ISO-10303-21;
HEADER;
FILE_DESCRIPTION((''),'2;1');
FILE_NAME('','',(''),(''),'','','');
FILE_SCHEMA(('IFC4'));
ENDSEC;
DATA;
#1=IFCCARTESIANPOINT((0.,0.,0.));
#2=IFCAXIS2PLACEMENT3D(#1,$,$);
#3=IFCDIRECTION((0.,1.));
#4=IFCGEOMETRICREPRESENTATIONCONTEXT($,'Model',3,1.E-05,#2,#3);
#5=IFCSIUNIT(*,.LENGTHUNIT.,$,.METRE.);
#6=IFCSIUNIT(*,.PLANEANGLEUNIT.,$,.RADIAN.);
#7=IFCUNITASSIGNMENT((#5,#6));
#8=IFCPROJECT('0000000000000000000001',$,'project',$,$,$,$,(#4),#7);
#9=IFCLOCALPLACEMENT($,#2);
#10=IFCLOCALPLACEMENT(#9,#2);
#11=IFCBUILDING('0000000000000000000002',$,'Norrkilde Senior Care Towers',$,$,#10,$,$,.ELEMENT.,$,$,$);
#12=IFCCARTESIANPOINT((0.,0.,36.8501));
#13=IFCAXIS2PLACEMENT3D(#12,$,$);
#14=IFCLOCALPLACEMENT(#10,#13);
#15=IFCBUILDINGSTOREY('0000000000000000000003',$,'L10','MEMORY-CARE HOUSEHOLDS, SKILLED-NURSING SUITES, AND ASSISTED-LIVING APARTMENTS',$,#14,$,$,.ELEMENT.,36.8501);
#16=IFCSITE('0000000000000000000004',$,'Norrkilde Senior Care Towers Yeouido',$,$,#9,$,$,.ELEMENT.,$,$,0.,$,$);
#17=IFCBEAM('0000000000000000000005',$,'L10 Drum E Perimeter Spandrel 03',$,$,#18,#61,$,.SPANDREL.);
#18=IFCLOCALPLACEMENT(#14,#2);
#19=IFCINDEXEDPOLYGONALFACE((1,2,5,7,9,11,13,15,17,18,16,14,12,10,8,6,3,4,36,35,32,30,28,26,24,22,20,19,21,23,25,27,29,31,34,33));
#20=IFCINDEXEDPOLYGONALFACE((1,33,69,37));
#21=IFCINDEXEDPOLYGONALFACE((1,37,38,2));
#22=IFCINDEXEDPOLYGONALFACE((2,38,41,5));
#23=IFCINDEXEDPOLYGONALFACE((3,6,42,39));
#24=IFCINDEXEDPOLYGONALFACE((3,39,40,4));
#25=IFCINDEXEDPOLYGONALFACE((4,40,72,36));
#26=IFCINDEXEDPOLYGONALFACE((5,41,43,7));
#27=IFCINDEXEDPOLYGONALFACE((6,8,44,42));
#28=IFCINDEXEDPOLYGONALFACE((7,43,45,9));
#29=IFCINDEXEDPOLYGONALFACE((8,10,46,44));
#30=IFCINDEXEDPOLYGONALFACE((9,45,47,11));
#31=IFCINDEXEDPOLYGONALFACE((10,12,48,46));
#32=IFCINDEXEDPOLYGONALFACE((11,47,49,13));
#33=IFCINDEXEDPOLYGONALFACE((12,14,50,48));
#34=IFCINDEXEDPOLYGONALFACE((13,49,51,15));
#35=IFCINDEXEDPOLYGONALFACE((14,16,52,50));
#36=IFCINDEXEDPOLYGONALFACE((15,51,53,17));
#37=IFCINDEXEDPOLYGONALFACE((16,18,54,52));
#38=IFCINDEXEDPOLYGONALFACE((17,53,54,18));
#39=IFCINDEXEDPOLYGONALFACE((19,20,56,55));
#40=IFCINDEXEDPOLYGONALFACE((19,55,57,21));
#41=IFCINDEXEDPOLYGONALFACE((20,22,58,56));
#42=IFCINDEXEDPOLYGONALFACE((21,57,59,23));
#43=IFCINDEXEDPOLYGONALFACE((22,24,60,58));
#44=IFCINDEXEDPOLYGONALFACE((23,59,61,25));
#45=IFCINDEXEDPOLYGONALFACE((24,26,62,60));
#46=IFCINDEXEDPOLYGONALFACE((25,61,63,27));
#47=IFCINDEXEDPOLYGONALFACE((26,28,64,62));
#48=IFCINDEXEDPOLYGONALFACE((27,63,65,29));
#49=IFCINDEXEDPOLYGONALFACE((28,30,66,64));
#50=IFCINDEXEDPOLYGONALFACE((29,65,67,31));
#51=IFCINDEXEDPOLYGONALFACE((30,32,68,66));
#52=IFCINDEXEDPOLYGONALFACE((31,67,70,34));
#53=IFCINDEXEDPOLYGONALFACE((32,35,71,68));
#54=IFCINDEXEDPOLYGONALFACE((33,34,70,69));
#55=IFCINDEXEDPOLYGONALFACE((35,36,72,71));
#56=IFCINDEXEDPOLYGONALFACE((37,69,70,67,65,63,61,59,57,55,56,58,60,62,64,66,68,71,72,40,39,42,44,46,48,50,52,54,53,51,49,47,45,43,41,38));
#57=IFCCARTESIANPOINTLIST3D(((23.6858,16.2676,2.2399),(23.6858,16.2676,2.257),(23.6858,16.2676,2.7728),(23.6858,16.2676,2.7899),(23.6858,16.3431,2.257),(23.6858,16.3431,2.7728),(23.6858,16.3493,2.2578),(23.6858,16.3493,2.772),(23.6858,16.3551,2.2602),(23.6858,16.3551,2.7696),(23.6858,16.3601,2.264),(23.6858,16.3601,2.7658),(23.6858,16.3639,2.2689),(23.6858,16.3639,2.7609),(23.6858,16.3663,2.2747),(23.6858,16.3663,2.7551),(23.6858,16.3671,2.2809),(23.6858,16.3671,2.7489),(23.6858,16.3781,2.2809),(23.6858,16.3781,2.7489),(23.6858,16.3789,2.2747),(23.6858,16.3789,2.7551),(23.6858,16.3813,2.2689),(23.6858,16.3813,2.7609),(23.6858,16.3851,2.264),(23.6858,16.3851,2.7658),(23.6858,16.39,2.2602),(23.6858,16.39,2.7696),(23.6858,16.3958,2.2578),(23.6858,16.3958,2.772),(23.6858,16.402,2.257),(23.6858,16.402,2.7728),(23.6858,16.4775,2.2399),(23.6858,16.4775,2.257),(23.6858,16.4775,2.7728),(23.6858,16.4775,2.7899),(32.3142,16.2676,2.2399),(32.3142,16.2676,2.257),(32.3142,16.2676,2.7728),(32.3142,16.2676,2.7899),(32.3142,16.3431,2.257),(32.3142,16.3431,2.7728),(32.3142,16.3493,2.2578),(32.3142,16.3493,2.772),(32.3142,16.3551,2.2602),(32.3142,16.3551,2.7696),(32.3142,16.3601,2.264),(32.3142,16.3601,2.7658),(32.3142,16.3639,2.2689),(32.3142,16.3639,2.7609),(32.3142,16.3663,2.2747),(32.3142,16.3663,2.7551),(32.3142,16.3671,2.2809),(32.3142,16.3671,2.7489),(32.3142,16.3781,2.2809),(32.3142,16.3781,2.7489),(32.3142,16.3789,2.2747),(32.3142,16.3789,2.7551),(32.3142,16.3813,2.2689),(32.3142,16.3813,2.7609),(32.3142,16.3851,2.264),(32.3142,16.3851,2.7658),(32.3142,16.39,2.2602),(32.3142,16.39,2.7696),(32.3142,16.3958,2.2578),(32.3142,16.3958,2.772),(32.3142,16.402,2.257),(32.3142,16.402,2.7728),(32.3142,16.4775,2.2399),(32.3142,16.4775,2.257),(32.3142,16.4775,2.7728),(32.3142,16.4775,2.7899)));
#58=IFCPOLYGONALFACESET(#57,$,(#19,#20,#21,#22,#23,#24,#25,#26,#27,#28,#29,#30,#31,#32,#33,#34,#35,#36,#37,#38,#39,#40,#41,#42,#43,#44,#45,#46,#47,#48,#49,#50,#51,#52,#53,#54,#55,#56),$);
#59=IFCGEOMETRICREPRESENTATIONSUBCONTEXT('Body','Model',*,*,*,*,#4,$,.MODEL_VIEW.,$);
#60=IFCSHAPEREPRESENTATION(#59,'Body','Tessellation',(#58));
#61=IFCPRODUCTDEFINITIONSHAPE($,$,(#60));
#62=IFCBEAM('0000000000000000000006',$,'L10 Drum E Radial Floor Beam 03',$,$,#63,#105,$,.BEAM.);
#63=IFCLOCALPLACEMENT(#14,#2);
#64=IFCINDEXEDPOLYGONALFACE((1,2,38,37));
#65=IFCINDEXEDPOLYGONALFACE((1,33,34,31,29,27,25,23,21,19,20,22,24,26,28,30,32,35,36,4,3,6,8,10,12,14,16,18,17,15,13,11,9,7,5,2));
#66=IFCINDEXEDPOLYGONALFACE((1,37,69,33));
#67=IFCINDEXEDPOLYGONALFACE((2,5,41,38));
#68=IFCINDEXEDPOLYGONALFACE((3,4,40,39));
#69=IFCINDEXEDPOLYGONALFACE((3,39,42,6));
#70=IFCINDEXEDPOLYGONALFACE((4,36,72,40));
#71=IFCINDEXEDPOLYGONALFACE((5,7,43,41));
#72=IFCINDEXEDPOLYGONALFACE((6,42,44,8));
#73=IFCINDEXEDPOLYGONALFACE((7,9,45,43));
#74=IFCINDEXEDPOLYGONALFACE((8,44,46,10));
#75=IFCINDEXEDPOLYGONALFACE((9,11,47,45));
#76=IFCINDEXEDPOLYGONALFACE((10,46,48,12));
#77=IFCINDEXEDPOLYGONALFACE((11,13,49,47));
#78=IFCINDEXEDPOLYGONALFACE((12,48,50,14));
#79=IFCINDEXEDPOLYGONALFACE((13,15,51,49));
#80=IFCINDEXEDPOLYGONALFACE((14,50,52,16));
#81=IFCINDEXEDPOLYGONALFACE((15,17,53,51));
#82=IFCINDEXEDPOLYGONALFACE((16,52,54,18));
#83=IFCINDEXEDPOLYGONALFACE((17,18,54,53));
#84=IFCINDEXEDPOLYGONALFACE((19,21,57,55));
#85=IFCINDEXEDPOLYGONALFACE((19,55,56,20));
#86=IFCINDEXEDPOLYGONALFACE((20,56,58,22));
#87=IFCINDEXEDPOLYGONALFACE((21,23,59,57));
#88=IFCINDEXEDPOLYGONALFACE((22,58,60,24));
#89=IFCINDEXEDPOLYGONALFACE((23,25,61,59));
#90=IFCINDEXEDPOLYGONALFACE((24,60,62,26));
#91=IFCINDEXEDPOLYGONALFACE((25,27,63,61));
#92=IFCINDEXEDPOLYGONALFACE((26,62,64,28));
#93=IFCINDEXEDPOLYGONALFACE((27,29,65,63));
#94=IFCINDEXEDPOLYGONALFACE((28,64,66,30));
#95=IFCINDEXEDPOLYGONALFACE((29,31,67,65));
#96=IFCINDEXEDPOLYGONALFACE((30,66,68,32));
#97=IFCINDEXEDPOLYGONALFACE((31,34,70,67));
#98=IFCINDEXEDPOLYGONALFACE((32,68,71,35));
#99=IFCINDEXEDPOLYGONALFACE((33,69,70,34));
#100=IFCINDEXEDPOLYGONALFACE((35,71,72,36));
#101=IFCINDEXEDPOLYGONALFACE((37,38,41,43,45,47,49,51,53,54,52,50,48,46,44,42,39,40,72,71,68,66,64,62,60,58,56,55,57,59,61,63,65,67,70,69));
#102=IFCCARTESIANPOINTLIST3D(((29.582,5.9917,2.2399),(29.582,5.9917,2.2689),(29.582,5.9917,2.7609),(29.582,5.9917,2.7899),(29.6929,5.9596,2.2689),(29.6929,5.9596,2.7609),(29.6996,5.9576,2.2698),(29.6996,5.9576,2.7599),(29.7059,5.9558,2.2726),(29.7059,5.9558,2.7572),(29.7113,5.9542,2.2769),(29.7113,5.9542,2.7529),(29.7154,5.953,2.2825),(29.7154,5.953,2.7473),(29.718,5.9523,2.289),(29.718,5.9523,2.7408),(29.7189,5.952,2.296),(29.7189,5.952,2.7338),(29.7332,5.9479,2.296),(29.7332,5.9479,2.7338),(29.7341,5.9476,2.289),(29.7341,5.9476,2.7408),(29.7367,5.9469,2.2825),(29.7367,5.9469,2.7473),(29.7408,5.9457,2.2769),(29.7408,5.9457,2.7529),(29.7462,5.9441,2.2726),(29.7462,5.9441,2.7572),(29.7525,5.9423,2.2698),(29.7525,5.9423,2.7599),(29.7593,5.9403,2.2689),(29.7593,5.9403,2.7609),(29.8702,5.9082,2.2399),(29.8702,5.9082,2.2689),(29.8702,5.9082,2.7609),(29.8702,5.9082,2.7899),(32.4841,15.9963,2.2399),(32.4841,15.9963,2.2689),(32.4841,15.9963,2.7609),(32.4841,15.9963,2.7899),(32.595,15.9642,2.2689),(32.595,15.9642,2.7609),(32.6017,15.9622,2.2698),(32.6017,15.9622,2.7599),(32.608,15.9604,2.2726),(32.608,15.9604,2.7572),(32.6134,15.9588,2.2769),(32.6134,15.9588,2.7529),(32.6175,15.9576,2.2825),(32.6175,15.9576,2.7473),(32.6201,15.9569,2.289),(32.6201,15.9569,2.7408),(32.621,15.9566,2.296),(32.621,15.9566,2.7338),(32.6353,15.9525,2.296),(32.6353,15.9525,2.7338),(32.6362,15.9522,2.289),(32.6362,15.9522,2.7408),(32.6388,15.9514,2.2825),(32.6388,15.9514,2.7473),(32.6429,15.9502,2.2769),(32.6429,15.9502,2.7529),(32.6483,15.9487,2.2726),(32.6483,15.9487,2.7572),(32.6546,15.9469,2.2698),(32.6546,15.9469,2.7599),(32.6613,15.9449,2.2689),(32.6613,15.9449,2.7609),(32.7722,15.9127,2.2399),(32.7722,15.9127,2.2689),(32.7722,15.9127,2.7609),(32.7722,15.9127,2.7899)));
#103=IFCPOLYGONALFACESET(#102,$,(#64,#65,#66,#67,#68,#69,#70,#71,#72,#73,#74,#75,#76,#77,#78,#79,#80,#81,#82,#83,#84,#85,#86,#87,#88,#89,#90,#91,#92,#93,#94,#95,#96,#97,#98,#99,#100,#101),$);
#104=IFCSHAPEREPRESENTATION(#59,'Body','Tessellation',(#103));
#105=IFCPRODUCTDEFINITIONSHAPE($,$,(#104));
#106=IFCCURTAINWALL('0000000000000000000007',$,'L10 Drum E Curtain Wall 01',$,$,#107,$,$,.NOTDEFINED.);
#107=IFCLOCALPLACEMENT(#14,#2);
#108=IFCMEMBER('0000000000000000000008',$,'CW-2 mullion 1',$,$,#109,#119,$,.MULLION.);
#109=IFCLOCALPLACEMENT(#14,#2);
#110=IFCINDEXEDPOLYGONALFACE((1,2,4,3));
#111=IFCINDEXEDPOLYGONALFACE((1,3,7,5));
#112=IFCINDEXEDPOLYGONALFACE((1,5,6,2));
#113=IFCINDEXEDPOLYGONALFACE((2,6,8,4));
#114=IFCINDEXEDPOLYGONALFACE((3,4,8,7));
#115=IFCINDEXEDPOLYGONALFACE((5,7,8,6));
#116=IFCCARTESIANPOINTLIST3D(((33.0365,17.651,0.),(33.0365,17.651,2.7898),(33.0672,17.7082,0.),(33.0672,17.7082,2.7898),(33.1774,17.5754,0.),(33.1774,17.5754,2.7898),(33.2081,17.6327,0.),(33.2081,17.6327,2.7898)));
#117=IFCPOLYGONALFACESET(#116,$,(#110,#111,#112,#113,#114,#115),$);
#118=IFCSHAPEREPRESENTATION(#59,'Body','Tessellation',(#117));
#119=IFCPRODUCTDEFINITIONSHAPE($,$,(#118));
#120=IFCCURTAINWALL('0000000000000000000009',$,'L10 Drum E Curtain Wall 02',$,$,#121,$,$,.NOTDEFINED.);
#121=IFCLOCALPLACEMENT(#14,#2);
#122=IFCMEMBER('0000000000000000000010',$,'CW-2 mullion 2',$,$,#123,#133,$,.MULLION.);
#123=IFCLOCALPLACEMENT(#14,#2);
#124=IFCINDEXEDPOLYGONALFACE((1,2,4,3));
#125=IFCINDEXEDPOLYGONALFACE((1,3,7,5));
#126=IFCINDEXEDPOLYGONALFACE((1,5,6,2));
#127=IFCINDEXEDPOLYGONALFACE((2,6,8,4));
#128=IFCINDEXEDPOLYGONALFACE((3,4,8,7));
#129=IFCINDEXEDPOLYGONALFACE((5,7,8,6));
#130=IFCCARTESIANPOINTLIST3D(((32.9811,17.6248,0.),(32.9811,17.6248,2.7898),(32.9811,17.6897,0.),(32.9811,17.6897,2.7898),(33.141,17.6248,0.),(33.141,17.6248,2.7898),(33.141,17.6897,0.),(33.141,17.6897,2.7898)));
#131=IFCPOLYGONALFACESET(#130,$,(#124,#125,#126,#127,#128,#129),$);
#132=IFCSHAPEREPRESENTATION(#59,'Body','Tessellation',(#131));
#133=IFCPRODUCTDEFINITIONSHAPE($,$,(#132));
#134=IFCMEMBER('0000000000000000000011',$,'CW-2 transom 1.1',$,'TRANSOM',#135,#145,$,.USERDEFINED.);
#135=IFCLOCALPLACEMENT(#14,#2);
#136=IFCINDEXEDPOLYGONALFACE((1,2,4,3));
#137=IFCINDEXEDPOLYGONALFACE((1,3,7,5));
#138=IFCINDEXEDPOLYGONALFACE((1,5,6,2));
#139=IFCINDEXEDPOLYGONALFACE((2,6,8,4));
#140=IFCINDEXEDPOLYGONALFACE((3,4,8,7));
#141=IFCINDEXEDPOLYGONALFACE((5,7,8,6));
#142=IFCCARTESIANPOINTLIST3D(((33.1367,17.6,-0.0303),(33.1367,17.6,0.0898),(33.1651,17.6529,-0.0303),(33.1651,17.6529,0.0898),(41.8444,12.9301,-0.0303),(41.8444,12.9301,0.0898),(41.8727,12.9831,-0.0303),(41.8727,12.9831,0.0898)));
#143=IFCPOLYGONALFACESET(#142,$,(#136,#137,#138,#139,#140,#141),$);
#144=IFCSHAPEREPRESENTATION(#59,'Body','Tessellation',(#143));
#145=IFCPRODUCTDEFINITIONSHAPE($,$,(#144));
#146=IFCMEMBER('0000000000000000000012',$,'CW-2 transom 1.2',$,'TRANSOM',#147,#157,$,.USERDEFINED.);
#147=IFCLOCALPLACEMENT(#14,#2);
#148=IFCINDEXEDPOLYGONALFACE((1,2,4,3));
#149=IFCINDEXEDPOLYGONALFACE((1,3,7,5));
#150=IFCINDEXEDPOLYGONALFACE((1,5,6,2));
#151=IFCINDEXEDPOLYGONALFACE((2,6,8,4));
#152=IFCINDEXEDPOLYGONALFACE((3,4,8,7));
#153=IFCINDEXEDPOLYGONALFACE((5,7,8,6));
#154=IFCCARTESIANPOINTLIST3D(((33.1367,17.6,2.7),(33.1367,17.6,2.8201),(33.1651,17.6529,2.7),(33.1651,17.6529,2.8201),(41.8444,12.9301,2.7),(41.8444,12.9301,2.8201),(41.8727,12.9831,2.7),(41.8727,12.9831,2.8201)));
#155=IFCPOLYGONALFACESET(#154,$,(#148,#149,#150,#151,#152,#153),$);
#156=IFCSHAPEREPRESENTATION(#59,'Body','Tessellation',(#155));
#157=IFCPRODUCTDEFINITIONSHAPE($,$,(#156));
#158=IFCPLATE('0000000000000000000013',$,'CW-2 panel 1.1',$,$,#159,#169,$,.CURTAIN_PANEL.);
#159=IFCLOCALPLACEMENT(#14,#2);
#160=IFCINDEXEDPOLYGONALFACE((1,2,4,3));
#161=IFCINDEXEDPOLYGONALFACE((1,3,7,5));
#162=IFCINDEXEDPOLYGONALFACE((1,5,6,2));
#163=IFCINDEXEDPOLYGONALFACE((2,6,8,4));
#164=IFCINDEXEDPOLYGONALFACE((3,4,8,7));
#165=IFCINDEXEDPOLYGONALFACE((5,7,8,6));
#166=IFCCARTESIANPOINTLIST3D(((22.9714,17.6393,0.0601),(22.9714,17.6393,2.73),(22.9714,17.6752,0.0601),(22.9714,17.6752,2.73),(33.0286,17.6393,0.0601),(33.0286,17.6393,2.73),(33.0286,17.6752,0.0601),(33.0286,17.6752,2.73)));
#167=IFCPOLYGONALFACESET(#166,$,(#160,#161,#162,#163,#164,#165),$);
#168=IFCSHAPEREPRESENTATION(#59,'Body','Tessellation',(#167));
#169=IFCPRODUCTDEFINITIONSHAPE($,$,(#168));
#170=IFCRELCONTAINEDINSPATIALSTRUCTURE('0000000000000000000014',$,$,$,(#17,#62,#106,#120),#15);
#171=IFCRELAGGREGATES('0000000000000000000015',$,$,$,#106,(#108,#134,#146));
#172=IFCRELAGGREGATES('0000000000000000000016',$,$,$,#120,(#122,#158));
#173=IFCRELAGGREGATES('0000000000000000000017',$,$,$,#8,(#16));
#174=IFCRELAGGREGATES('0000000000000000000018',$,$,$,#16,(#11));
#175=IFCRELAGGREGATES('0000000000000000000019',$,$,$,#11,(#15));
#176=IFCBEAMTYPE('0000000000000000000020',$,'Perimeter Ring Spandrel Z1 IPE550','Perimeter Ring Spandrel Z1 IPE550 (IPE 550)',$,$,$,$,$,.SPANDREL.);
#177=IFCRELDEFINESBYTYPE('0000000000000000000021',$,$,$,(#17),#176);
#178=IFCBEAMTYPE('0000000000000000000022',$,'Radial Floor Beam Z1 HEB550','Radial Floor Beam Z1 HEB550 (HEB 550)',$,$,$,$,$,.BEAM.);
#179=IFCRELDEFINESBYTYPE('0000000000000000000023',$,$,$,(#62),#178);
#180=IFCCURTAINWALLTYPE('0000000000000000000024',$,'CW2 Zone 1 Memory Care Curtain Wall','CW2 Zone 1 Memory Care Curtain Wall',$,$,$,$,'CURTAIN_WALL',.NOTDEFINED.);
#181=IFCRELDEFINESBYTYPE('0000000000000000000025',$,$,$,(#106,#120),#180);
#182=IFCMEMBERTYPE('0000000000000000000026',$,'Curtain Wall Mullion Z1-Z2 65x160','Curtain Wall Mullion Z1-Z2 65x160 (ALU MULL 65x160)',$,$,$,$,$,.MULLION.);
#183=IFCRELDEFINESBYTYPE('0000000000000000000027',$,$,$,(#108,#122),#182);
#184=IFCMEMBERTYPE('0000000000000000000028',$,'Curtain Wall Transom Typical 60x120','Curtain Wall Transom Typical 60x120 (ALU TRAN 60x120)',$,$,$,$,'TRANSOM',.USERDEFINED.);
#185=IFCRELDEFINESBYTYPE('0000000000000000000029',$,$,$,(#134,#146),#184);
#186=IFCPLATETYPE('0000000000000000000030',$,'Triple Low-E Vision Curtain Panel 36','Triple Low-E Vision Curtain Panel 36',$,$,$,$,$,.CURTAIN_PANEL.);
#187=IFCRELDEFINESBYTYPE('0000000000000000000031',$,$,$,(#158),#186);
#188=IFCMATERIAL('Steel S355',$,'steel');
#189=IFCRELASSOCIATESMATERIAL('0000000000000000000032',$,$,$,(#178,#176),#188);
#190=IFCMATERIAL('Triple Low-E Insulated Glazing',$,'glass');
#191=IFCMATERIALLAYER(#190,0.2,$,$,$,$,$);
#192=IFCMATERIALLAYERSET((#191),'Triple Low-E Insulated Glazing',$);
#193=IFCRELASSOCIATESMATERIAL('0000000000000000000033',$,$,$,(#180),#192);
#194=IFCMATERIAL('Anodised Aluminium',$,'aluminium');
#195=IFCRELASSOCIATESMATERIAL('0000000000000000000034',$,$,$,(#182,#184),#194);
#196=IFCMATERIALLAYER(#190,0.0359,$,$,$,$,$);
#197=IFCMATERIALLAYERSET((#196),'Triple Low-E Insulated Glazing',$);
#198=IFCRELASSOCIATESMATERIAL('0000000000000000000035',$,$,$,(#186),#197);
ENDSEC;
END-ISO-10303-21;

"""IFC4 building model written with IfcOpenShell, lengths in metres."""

from ifc_helpers import new_model, si_unit, direction, frame, origin, origin_2d, place, context, subcontext, project, spatial, rectangle, i_section, extrude, source, transform, mapped, material, layer, layer_set, material_profile, profile_set, type_object, type_shapes, element, aggregate, save


model = new_model("IFC4")

# Units and contexts
model_context = context("Model", 3, precision=1e-05, world=origin(), true_north=direction((0.0, 1.0)))
body_context = subcontext(model_context, "Body", "Model", "MODEL_VIEW")
ifc_project = project(units=[si_unit("LENGTHUNIT", "METRE"), si_unit("PLANEANGLEUNIT", "RADIAN")], contexts=[model_context])

# Site, building, storey
site_placement = place(None, origin())
site = spatial("IfcSite", under=ifc_project, at=site_placement, Name="Norrkilde Senior Care Towers Yeouido", CompositionType="ELEMENT", RefElevation=0.0)
building_placement = place(site_placement, origin())
building = spatial("IfcBuilding", under=site, at=building_placement, Name="Norrkilde Senior Care Towers", CompositionType="ELEMENT")
storey_placement = place(building_placement, frame((0.0, 0.0, 36.8501)))
storey = spatial("IfcBuildingStorey", under=building, at=storey_placement, Name="L10", Description="MEMORY-CARE HOUSEHOLDS, SKILLED-NURSING SUITES, AND ASSISTED-LIVING APARTMENTS", CompositionType="ELEMENT", Elevation=36.8501)

# Beams
ifc_material_1 = material(Name="Steel S355", Category="steel")
ifc_material_profile_1 = material_profile(ifc_material_1, i_section(OverallWidth=0.3, OverallDepth=0.55, WebThickness=0.0149, FlangeThickness=0.0291, FilletRadius=0.0271, at=origin_2d()), Name="HEB 550")
ifc_profile_set_1 = profile_set([ifc_material_profile_1], Name="Steel S355")
beam_type_1 = type_object("IfcBeamType", Name="Radial Floor Beam Z1 HEB550", Description="Radial Floor Beam Z1 HEB550 (HEB 550)", PredefinedType="BEAM", material=ifc_profile_set_1)
ifc_material_profile_2 = material_profile(ifc_material_1, i_section(OverallWidth=0.21, OverallDepth=0.55, WebThickness=0.011, FlangeThickness=0.0171, FilletRadius=0.0239, at=origin_2d()), Name="IPE 550")
ifc_profile_set_2 = profile_set([ifc_material_profile_2], Name="Steel S355")
beam_type_2 = type_object("IfcBeamType", Name="Perimeter Ring Spandrel Z1 IPE550", Description="Perimeter Ring Spandrel Z1 IPE550 (IPE 550)", PredefinedType="SPANDREL", material=ifc_profile_set_2)
shared_shape_1 = source(origin(), body_context, "Body", "SweptSolid", [
    extrude(i_section(OverallWidth=0.21, OverallDepth=0.55, WebThickness=0.011, FlangeThickness=0.0171, FilletRadius=0.0239, at=origin_2d()), origin(), (0.0, 0.0, 1.0), 8.6284),
])
type_shapes(beam_type_2, [shared_shape_1])
beam_1_placement = place(storey_placement, frame((32.3142, 16.3726, 2.5149), z_axis=(-1.0, 0.0, 0.0), x_axis=(0.0, -1.0, 0.0)))
element("IfcBeam", 1, at=beam_1_placement, inside=storey, type_object=beam_type_2, Name="L10 Drum E Perimeter Spandrel 03", PredefinedType="SPANDREL", context=body_context, shape_type="MappedRepresentation", body=[
    mapped(shared_shape_1, transform((0.0, 0.0, 0.0), x_axis=(1.0, 0.0, 0.0), y_axis=(0.0, 1.0, 0.0), z_axis=(0.0, 0.0, 1.0), scale=1.0)),
])
shared_shape_2 = source(origin(), body_context, "Body", "SweptSolid", [
    extrude(i_section(OverallWidth=0.3, OverallDepth=0.55, WebThickness=0.0149, FlangeThickness=0.0291, FilletRadius=0.0271, at=origin_2d()), origin(), (0.0, 0.0, 1.0), 10.417),
])
beam_2_placement = place(storey_placement, frame((29.7261, 5.95, 2.5149), z_axis=(0.278591, 0.96041, 0.0), x_axis=(-0.96041, 0.278591, 0.0)))
element("IfcBeam", 2, at=beam_2_placement, inside=storey, type_object=beam_type_1, Name="L10 Drum E Radial Floor Beam 03", PredefinedType="BEAM", context=body_context, shape_type="MappedRepresentation", body=[
    mapped(shared_shape_2, transform((0.0, 0.0, 0.0), x_axis=(1.0, 0.0, 0.0), y_axis=(0.0, 1.0, 0.0), z_axis=(0.0, 0.0, 1.0), scale=1.0)),
])

# Curtain walls, members
ifc_material_2 = material(Name="Triple Low-E Insulated Glazing", Category="glass")
ifc_layer_1 = layer(ifc_material_2, 0.2)
ifc_layer_set_1 = layer_set([ifc_layer_1], Name="Triple Low-E Insulated Glazing")
curtain_wall_type = type_object("IfcCurtainWallType", Name="CW2 Zone 1 Memory Care Curtain Wall", Description="CW2 Zone 1 Memory Care Curtain Wall", ElementType="CURTAIN_WALL", PredefinedType="NOTDEFINED", material=ifc_layer_set_1)
curtain_wall_1_placement = place(storey_placement, origin())
curtain_wall_1 = element("IfcCurtainWall", 3, at=curtain_wall_1_placement, inside=storey, type_object=curtain_wall_type, Name="L10 Drum E Curtain Wall 01", PredefinedType="NOTDEFINED")
ifc_material_3 = material(Name="Anodised Aluminium", Category="aluminium")
ifc_material_profile_3 = material_profile(ifc_material_3, rectangle(XDim=0.0649, YDim=0.1599, at=origin_2d()), Name="ALU MULL 65x160")
ifc_profile_set_3 = profile_set([ifc_material_profile_3], Name="Anodised Aluminium")
member_type_1 = type_object("IfcMemberType", Name="Curtain Wall Mullion Z1-Z2 65x160", Description="Curtain Wall Mullion Z1-Z2 65x160 (ALU MULL 65x160)", PredefinedType="MULLION", material=ifc_profile_set_3)
shared_shape_3 = source(origin(), body_context, "Body", "SweptSolid", [
    extrude(rectangle(XDim=0.0649, YDim=0.1599, at=origin_2d()), origin(), (0.0, 0.0, 1.0), 2.7898),
])
type_shapes(member_type_1, [shared_shape_3])
member_1_placement = place(storey_placement, frame((33.1223, 17.6418, 0.0), z_axis=(0.0, 0.0, 1.0), x_axis=(0.472608, 0.881273, 0.0)))
member_1 = element("IfcMember", 4, at=member_1_placement, type_object=member_type_1, Name="CW-2 mullion 1", PredefinedType="MULLION", context=body_context, shape_type="MappedRepresentation", body=[
    mapped(shared_shape_3, transform((0.0, 0.0, 0.0), x_axis=(1.0, 0.0, 0.0), y_axis=(0.0, 1.0, 0.0), z_axis=(0.0, 0.0, 1.0), scale=1.0)),
])
curtain_wall_2_placement = place(storey_placement, origin())
curtain_wall_2 = element("IfcCurtainWall", 5, at=curtain_wall_2_placement, inside=storey, type_object=curtain_wall_type, Name="L10 Drum E Curtain Wall 02", PredefinedType="NOTDEFINED")
member_2_placement = place(storey_placement, frame((33.061, 17.6572, 0.0), z_axis=(0.0, 0.0, 1.0), x_axis=(0.0, 1.0, 0.0)))
member_2 = element("IfcMember", 6, at=member_2_placement, type_object=member_type_1, Name="CW-2 mullion 2", PredefinedType="MULLION", context=body_context, shape_type="MappedRepresentation", body=[
    mapped(shared_shape_3, transform((0.0, 0.0, 0.0), x_axis=(1.0, 0.0, 0.0), y_axis=(0.0, 1.0, 0.0), z_axis=(0.0, 0.0, 1.0), scale=1.0)),
])

# Members
ifc_material_profile_4 = material_profile(ifc_material_3, rectangle(XDim=0.0601, YDim=0.1201, at=origin_2d()), Name="ALU TRAN 60x120")
ifc_profile_set_4 = profile_set([ifc_material_profile_4], Name="Anodised Aluminium")
member_type_2 = type_object("IfcMemberType", Name="Curtain Wall Transom Typical 60x120", Description="Curtain Wall Transom Typical 60x120 (ALU TRAN 60x120)", ElementType="TRANSOM", PredefinedType="USERDEFINED", material=ifc_profile_set_4)
shared_shape_4 = source(origin(), body_context, "Body", "SweptSolid", [
    extrude(rectangle(XDim=0.0601, YDim=0.1201, at=origin_2d()), origin(), (0.0, 0.0, 1.0), 9.8809),
])
type_shapes(member_type_2, [shared_shape_4])
member_3_placement = place(storey_placement, frame((33.1509, 17.6265, 0.0298), z_axis=(0.881267, -0.472618, 0.0), x_axis=(0.472618, 0.881267, 0.0)))
member_3 = element("IfcMember", 7, at=member_3_placement, type_object=member_type_2, Name="CW-2 transom 1.1", ObjectType="TRANSOM", PredefinedType="USERDEFINED", context=body_context, shape_type="MappedRepresentation", body=[
    mapped(shared_shape_4, transform((0.0, 0.0, 0.0), x_axis=(1.0, 0.0, 0.0), y_axis=(0.0, 1.0, 0.0), z_axis=(0.0, 0.0, 1.0), scale=1.0)),
])
member_4_placement = place(storey_placement, frame((33.1509, 17.6265, 2.76), z_axis=(0.881267, -0.472618, 0.0), x_axis=(0.472618, 0.881267, 0.0)))
member_4 = element("IfcMember", 8, at=member_4_placement, type_object=member_type_2, Name="CW-2 transom 1.2", ObjectType="TRANSOM", PredefinedType="USERDEFINED", context=body_context, shape_type="MappedRepresentation", body=[
    mapped(shared_shape_4, transform((0.0, 0.0, 0.0), x_axis=(1.0, 0.0, 0.0), y_axis=(0.0, 1.0, 0.0), z_axis=(0.0, 0.0, 1.0), scale=1.0)),
])
aggregate(curtain_wall_1, [member_1, member_3, member_4])

# Plate
ifc_layer_2 = layer(ifc_material_2, 0.0359)
ifc_layer_set_2 = layer_set([ifc_layer_2], Name="Triple Low-E Insulated Glazing")
plate_type = type_object("IfcPlateType", Name="Triple Low-E Vision Curtain Panel 36", Description="Triple Low-E Vision Curtain Panel 36", PredefinedType="CURTAIN_PANEL", material=ifc_layer_set_2)
shared_shape_5 = source(origin(), body_context, "Body", "SweptSolid", [
    extrude(rectangle(XDim=10.0571, YDim=0.0359, at=origin_2d()), origin(), (0.0, 0.0, 1.0), 2.6699),
])
type_shapes(plate_type, [shared_shape_5])
plate_placement = place(storey_placement, frame((28.0, 17.6572, 0.0601), z_axis=(0.0, 0.0, 1.0), x_axis=(1.0, 0.0, 0.0)))
plate = element("IfcPlate", 9, at=plate_placement, type_object=plate_type, Name="CW-2 panel 1.1", PredefinedType="CURTAIN_PANEL", context=body_context, shape_type="MappedRepresentation", body=[
    mapped(shared_shape_5, transform((0.0, 0.0, 0.0), x_axis=(1.0, 0.0, 0.0), y_axis=(0.0, 1.0, 0.0), z_axis=(0.0, 0.0, 1.0), scale=1.0)),
])
aggregate(curtain_wall_2, [member_2, plate])

save(model, "model.ifc")
